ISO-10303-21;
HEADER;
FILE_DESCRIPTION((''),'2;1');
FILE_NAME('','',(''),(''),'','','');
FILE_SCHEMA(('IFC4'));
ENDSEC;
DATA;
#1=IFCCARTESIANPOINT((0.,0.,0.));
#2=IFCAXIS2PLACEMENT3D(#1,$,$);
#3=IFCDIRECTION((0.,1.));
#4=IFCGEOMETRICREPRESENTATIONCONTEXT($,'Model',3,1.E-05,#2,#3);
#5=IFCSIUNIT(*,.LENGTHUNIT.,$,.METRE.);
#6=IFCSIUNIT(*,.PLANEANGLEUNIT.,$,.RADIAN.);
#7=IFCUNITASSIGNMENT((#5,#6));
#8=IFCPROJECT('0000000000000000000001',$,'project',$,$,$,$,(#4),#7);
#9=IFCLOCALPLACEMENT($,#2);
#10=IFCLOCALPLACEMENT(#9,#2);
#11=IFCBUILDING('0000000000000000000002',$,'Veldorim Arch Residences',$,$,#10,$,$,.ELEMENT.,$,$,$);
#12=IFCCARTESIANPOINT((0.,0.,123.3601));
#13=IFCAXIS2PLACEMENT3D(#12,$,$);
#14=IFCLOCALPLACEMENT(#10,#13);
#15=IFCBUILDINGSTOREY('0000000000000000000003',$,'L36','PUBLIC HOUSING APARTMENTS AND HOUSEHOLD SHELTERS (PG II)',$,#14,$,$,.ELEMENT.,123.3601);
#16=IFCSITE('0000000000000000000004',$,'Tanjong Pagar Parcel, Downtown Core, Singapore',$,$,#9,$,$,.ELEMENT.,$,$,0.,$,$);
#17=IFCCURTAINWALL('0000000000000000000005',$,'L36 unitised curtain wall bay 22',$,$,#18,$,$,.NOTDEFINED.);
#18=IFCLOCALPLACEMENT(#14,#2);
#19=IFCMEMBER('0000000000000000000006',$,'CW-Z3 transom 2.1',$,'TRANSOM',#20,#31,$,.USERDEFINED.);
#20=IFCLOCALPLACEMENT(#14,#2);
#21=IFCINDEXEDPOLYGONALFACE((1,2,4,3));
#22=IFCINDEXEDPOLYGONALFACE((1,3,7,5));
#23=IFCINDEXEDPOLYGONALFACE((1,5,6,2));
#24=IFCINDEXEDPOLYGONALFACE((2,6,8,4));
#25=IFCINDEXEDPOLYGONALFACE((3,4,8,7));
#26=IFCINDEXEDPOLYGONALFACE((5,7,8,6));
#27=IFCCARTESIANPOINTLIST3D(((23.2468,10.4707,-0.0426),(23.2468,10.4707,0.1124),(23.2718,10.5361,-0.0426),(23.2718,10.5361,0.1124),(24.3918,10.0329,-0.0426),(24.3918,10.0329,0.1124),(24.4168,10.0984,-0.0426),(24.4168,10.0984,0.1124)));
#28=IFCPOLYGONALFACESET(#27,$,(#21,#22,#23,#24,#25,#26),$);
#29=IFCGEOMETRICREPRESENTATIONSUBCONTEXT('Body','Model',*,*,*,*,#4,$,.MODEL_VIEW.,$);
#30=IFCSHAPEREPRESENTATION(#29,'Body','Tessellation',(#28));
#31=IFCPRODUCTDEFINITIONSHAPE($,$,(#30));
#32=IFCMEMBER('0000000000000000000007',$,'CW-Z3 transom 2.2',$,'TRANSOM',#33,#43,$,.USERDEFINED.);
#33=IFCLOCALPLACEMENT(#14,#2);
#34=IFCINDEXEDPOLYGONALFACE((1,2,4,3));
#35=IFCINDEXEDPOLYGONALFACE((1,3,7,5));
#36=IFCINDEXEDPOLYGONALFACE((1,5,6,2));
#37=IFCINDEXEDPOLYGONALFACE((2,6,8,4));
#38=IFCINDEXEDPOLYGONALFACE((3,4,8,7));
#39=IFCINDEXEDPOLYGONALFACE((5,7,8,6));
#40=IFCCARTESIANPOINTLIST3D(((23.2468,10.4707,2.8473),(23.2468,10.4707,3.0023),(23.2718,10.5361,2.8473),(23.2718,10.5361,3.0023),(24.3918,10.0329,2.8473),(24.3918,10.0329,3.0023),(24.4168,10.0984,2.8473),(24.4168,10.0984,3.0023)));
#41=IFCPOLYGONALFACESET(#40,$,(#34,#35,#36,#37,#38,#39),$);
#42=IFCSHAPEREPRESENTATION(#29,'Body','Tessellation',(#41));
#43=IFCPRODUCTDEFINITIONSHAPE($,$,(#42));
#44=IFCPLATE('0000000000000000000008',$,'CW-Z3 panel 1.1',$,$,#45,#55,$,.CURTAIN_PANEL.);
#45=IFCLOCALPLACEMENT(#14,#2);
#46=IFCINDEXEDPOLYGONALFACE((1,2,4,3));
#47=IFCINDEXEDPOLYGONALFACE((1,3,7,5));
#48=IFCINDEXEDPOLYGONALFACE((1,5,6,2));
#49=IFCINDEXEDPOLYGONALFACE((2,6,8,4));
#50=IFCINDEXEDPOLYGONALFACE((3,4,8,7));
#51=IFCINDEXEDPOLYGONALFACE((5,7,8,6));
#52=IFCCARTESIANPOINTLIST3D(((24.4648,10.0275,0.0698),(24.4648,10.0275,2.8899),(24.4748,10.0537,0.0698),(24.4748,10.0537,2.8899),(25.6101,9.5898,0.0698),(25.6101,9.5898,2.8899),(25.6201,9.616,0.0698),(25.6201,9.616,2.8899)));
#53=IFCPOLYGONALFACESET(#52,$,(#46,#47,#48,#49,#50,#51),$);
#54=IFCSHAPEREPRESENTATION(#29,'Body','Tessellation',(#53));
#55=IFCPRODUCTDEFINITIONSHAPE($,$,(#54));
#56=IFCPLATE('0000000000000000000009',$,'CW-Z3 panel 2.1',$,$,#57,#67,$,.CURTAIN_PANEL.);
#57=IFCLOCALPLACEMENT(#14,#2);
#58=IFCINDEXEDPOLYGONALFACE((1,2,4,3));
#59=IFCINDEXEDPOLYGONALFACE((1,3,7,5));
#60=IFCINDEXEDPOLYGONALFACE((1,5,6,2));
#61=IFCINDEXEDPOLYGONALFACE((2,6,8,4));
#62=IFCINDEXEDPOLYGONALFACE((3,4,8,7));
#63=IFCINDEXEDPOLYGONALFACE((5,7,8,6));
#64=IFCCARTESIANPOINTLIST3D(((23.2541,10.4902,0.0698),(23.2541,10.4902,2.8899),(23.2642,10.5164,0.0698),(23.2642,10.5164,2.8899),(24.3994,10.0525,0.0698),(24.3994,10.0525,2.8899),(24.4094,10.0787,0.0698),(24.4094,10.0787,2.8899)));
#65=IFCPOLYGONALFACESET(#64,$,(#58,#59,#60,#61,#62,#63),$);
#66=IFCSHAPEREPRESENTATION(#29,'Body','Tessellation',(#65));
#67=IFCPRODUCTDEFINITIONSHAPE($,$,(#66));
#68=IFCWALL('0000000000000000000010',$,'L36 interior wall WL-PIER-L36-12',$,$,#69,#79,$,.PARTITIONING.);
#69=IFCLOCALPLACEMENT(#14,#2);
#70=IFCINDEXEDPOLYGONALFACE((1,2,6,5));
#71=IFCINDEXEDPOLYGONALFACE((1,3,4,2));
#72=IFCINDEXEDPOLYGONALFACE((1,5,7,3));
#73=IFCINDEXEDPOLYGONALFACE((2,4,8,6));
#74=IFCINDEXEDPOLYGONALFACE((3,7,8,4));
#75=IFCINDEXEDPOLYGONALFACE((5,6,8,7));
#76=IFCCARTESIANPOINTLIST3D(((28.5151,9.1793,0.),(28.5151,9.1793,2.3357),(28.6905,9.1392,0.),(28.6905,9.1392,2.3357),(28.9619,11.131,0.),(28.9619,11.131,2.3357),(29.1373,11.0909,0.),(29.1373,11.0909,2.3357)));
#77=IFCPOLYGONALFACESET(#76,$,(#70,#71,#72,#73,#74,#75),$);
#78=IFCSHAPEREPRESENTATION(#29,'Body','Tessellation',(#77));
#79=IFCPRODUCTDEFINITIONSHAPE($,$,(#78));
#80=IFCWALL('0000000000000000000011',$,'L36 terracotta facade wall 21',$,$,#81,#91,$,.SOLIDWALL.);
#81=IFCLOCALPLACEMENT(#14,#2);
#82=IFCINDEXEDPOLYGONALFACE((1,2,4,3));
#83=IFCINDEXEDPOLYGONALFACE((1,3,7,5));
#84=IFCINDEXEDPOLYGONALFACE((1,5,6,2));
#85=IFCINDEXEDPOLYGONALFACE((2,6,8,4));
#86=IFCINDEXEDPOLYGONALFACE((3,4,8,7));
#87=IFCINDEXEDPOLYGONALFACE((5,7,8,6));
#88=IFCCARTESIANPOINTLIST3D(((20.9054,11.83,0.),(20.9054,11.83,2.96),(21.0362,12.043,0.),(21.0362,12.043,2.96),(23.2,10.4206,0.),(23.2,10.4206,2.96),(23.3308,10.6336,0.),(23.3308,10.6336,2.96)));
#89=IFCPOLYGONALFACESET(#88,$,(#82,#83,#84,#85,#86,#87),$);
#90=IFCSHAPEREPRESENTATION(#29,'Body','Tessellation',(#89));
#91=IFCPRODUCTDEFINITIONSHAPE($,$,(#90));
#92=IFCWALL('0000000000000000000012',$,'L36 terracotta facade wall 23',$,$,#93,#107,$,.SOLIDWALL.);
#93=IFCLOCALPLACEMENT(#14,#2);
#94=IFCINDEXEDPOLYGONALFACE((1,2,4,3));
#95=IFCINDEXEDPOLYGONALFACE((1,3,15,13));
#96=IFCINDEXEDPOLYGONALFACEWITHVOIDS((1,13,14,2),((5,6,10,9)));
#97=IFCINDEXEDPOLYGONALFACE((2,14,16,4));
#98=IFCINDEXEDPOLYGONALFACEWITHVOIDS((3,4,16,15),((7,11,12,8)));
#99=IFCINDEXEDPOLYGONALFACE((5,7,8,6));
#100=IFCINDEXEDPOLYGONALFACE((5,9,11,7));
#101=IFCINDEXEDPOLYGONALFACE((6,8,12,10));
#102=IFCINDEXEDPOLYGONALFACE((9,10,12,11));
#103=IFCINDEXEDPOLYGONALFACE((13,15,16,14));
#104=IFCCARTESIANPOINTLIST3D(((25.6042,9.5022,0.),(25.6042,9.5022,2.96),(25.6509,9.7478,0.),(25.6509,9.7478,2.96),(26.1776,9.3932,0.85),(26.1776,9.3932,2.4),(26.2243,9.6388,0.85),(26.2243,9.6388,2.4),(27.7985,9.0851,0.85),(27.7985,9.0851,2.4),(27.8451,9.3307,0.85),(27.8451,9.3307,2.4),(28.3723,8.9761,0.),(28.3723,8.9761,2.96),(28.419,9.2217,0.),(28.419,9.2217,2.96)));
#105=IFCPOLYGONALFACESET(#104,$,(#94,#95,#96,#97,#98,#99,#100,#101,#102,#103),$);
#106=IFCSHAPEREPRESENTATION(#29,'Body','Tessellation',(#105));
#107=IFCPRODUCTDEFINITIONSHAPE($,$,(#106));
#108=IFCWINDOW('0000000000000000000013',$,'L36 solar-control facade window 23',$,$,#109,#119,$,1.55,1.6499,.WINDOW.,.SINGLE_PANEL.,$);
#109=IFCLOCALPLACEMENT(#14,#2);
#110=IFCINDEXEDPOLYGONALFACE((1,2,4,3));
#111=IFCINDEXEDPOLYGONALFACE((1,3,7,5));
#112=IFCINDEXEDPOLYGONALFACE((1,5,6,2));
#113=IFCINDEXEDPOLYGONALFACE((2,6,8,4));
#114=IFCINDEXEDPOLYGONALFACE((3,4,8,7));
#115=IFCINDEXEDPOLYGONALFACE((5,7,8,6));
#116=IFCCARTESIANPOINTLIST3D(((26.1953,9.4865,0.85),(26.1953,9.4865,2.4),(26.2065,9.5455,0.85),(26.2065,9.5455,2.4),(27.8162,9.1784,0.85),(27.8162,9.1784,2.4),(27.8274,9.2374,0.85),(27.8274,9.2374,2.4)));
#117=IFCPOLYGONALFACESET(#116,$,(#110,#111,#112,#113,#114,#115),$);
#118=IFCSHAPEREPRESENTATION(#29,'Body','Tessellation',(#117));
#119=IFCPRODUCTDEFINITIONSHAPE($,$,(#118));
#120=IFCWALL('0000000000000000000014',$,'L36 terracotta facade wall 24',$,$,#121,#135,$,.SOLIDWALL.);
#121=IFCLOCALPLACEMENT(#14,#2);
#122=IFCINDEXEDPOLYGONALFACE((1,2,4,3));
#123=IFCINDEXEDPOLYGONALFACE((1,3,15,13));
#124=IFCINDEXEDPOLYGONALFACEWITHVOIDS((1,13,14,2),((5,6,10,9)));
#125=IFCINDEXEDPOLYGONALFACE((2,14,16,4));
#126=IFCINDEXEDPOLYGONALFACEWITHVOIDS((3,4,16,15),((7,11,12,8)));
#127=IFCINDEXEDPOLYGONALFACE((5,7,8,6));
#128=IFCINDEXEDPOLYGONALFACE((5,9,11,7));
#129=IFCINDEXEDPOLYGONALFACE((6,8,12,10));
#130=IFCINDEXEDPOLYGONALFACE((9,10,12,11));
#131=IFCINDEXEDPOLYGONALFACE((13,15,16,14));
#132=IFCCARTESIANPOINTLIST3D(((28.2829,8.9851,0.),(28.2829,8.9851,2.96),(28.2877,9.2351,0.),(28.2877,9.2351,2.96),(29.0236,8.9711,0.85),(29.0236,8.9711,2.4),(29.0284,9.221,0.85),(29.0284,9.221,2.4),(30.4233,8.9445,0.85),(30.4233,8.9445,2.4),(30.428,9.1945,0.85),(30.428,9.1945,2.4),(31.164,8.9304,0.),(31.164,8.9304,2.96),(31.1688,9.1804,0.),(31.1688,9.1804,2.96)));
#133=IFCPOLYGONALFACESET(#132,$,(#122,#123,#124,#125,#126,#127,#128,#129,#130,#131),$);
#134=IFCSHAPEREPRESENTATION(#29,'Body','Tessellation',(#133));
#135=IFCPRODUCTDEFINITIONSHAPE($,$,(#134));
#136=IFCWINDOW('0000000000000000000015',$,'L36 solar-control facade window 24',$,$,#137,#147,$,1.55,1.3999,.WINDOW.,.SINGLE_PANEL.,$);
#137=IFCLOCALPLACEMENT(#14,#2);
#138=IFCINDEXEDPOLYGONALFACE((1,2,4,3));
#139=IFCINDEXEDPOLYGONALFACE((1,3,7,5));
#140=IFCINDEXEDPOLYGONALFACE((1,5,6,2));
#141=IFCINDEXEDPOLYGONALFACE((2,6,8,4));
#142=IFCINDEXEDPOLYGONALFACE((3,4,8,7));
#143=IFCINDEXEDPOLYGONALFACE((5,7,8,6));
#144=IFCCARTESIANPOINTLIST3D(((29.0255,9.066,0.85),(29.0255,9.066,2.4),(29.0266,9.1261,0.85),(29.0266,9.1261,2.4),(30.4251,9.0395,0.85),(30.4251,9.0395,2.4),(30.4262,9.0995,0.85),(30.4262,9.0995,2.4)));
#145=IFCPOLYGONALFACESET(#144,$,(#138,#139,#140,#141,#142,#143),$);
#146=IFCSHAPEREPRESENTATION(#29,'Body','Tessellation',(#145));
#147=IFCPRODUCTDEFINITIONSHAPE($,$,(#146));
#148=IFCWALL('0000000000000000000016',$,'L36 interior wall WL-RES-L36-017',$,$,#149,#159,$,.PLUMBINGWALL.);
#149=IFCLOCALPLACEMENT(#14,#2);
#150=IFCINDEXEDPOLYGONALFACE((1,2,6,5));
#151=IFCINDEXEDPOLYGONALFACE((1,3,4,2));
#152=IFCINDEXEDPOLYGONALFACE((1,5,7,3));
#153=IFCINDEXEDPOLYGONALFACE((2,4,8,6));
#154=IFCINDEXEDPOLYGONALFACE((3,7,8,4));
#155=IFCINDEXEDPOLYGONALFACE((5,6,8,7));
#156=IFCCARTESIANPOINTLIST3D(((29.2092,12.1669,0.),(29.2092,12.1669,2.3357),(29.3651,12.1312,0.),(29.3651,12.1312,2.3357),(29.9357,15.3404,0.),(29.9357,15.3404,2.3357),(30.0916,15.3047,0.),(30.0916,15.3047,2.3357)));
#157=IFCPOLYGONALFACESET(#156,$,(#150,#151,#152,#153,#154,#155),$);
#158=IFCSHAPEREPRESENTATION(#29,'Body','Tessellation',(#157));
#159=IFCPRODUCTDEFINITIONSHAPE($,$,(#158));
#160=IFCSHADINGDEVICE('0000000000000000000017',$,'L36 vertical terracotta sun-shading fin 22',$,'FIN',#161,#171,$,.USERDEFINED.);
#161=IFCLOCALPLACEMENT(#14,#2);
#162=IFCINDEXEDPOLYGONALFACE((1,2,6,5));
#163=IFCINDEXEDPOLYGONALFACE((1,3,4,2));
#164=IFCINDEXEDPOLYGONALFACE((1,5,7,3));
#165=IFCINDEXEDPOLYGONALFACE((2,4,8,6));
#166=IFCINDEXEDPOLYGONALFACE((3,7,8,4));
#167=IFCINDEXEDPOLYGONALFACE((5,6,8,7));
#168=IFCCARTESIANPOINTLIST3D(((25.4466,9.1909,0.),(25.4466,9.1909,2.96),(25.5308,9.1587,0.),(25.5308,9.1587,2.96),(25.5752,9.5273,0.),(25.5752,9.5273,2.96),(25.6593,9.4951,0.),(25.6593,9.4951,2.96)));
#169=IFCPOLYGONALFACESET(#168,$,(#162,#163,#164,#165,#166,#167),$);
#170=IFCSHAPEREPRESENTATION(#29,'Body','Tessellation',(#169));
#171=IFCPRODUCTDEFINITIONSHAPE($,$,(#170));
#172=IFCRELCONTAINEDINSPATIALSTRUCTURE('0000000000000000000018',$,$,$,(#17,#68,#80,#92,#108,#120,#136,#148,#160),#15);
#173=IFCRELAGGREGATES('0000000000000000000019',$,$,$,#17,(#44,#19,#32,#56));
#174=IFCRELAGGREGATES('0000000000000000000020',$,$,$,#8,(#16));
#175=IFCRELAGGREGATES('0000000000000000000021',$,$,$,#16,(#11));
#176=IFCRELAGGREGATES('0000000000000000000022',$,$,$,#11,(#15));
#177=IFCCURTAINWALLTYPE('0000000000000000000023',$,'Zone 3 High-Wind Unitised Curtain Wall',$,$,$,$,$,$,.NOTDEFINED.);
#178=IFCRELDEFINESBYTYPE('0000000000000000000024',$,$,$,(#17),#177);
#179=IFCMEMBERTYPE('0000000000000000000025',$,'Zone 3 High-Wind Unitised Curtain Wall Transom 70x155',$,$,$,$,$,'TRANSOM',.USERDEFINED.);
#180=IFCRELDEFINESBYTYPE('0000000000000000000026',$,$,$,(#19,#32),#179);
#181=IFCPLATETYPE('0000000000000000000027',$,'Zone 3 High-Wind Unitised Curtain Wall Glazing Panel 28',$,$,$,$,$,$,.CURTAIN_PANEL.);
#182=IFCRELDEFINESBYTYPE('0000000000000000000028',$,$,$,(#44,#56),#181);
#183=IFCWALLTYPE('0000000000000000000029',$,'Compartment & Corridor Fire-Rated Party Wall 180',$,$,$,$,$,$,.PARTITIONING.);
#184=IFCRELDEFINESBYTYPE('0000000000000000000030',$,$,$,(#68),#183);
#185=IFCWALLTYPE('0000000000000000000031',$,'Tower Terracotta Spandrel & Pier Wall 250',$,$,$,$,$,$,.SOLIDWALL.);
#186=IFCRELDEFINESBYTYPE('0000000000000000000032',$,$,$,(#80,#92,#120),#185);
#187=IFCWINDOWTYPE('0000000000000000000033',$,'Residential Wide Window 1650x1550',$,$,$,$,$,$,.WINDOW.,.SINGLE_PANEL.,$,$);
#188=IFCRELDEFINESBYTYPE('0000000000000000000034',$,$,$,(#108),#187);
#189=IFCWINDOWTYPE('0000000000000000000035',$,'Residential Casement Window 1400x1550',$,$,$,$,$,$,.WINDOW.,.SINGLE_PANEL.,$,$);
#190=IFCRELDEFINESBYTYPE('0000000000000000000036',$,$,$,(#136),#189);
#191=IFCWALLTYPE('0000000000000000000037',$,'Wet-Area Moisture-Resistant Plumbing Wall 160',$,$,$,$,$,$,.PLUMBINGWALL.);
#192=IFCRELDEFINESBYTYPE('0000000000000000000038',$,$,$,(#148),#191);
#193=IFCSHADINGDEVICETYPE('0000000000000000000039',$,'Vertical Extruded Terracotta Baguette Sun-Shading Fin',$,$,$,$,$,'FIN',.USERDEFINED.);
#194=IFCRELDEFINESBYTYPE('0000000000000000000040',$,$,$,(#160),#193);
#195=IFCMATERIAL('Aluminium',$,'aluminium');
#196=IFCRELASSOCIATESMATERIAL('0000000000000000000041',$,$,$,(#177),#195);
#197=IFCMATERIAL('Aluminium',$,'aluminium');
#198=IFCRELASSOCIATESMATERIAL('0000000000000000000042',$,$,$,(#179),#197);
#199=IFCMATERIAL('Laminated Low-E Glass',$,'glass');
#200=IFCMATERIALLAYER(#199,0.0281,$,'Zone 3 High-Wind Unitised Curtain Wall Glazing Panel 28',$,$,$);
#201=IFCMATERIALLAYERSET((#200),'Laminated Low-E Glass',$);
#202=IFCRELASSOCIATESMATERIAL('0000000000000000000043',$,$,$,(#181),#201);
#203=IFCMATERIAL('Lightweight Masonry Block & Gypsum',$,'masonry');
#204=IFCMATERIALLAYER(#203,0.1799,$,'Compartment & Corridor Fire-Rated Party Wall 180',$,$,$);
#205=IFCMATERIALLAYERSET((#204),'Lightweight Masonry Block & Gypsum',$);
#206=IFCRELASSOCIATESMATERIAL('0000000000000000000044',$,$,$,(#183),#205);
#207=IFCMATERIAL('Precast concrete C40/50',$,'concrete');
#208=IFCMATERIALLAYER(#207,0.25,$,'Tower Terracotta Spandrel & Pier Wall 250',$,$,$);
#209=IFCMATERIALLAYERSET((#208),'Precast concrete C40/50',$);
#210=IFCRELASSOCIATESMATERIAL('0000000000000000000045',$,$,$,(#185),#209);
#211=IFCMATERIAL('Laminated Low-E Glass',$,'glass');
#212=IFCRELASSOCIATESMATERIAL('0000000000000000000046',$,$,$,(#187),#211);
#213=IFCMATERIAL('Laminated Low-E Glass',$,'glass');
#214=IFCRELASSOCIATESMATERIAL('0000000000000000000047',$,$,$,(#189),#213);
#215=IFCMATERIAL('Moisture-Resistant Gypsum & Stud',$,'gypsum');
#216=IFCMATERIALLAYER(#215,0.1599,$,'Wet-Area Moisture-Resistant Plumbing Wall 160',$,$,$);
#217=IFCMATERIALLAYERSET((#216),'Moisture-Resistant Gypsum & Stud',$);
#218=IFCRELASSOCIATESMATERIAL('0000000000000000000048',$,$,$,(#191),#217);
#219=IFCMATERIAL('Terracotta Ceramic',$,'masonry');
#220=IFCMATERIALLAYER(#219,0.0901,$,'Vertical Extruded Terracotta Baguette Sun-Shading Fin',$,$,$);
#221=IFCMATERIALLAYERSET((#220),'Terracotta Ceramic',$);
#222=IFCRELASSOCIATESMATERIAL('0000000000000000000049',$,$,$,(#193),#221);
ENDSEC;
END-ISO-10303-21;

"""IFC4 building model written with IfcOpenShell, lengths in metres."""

from ifc_helpers import new_model, si_unit, direction, frame, frame_2d, origin, origin_2d, place, context, subcontext, project, spatial, rectangle, extrude, material, layer, layer_set, material_profile, profile_set, type_object, element, fill, aggregate, save


model = new_model("IFC4")

# Units and contexts
model_context = context("Model", 3, precision=1e-05, world=origin(), true_north=direction((0.0, 1.0)))
body_context = subcontext(model_context, "Body", "Model", "MODEL_VIEW")
ifc_project = project(units=[si_unit("LENGTHUNIT", "METRE"), si_unit("PLANEANGLEUNIT", "RADIAN")], contexts=[model_context])

# Site, building, storey
site_placement = place(None, origin())
site = spatial("IfcSite", under=ifc_project, at=site_placement, Name="Tanjong Pagar Parcel, Downtown Core, Singapore", CompositionType="ELEMENT", RefElevation=0.0)
building_placement = place(site_placement, origin())
building = spatial("IfcBuilding", under=site, at=building_placement, Name="Veldorim Arch Residences", CompositionType="ELEMENT")
storey_placement = place(building_placement, frame((0.0, 0.0, 123.3601)))
storey = spatial("IfcBuildingStorey", under=building, at=storey_placement, Name="L36", Description="PUBLIC HOUSING APARTMENTS AND HOUSEHOLD SHELTERS (PG II)", CompositionType="ELEMENT", Elevation=123.3601)

# Curtain wall, members, plates
ifc_material_1 = material(Name="Aluminium", Category="aluminium")
curtain_wall_type = type_object("IfcCurtainWallType", Name="Zone 3 High-Wind Unitised Curtain Wall", PredefinedType="NOTDEFINED", material=ifc_material_1)
curtain_wall_placement = place(storey_placement, origin())
curtain_wall = element("IfcCurtainWall", 1, at=curtain_wall_placement, inside=storey, type_object=curtain_wall_type, Name="L36 unitised curtain wall bay 22", PredefinedType="NOTDEFINED")
ifc_material_2 = material(Name="Aluminium", Category="aluminium")
ifc_material_profile_1 = material_profile(ifc_material_2, rectangle(XDim=0.0701, YDim=0.155, at=origin_2d()), Name="ALU_TRN_70x155")
ifc_profile_set_1 = profile_set([ifc_material_profile_1], Name="Aluminium")
member_type_1 = type_object("IfcMemberType", Name="Zone 3 High-Wind Unitised Curtain Wall Transom 70x155", ElementType="TRANSOM", PredefinedType="USERDEFINED", material=ifc_profile_set_1)
member_1_placement = place(storey_placement, frame((24.4043, 10.0657, 0.0349), z_axis=(-0.934067, 0.357097, 0.0), x_axis=(-0.357097, -0.934067, 0.0)))
member_1 = element("IfcMember", 2, at=member_1_placement, type_object=member_type_1, Name="CW-Z3 transom 2.1", ObjectType="TRANSOM", PredefinedType="USERDEFINED", context=body_context, shape_type="SweptSolid", body=[
    extrude(rectangle(XDim=0.0701, YDim=0.155, at=origin_2d()), origin(), (0.0, 0.0, 1.0), 1.2258),
])
member_2_placement = place(storey_placement, frame((24.4043, 10.0657, 2.9248), z_axis=(-0.934067, 0.357097, 0.0), x_axis=(-0.357097, -0.934067, 0.0)))
member_2 = element("IfcMember", 3, at=member_2_placement, type_object=member_type_1, Name="CW-Z3 transom 2.2", ObjectType="TRANSOM", PredefinedType="USERDEFINED", context=body_context, shape_type="SweptSolid", body=[
    extrude(rectangle(XDim=0.0701, YDim=0.155, at=origin_2d()), origin(), (0.0, 0.0, 1.0), 1.2258),
])
ifc_material_3 = material(Name="Laminated Low-E Glass", Category="glass")
ifc_layer_1 = layer(ifc_material_3, 0.0281, Name="Zone 3 High-Wind Unitised Curtain Wall Glazing Panel 28")
ifc_layer_set_1 = layer_set([ifc_layer_1], Name="Laminated Low-E Glass")
plate_type = type_object("IfcPlateType", Name="Zone 3 High-Wind Unitised Curtain Wall Glazing Panel 28", PredefinedType="CURTAIN_PANEL", material=ifc_layer_set_1)
plate_1_placement = place(storey_placement, frame((25.0425, 9.8218, 0.0698), z_axis=(0.0, 0.0, 1.0), x_axis=(-0.934109, 0.356987, 0.0)))
plate_1 = element("IfcPlate", 4, at=plate_1_placement, type_object=plate_type, Name="CW-Z3 panel 1.1", PredefinedType="CURTAIN_PANEL", context=body_context, shape_type="SweptSolid", body=[
    extrude(rectangle(XDim=1.2261, YDim=0.0281, at=origin_2d()), origin(), (0.0, 0.0, 1.0), 2.8201),
])
plate_2_placement = place(storey_placement, frame((23.8318, 10.2844, 0.0698), z_axis=(0.0, 0.0, 1.0), x_axis=(-0.934109, 0.356987, 0.0)))
plate_2 = element("IfcPlate", 5, at=plate_2_placement, type_object=plate_type, Name="CW-Z3 panel 2.1", PredefinedType="CURTAIN_PANEL", context=body_context, shape_type="SweptSolid", body=[
    extrude(rectangle(XDim=1.2261, YDim=0.0281, at=origin_2d()), origin(), (0.0, 0.0, 1.0), 2.8201),
])
aggregate(curtain_wall, [plate_1, member_1, member_2, plate_2])

# Walls
ifc_material_4 = material(Name="Lightweight Masonry Block & Gypsum", Category="masonry")
ifc_layer_2 = layer(ifc_material_4, 0.1799, Name="Compartment & Corridor Fire-Rated Party Wall 180")
ifc_layer_set_2 = layer_set([ifc_layer_2], Name="Lightweight Masonry Block & Gypsum")
wall_type_1 = type_object("IfcWallType", Name="Compartment & Corridor Fire-Rated Party Wall 180", PredefinedType="PARTITIONING", material=ifc_layer_set_2)
wall_1_placement = place(storey_placement, frame((29.0496, 11.1108, 0.0), z_axis=(0.0, 0.0, 1.0), x_axis=(-0.223149, -0.974784, 0.0)))
element("IfcWall", 6, at=wall_1_placement, inside=storey, type_object=wall_type_1, Name="L36 interior wall WL-PIER-L36-12", PredefinedType="PARTITIONING", context=body_context, shape_type="SweptSolid", body=[
    extrude(rectangle(XDim=2.0022, YDim=0.1799, at=frame_2d((1.001, 0.0))), origin(), (0.0, 0.0, 1.0), 2.3357),
])
ifc_material_5 = material(Name="Precast concrete C40/50", Category="concrete")
ifc_layer_3 = layer(ifc_material_5, 0.25, Name="Tower Terracotta Spandrel & Pier Wall 250")
ifc_layer_set_3 = layer_set([ifc_layer_3], Name="Precast concrete C40/50")
wall_type_2 = type_object("IfcWallType", Name="Tower Terracotta Spandrel & Pier Wall 250", PredefinedType="SOLIDWALL", material=ifc_layer_set_3)
wall_2_placement = place(storey_placement, frame((23.2654, 10.5271, 0.0), z_axis=(0.0, 0.0, 1.0), x_axis=(-0.852103, 0.523374, 0.0)))
element("IfcWall", 7, at=wall_2_placement, inside=storey, type_object=wall_type_2, Name="L36 terracotta facade wall 21", PredefinedType="SOLIDWALL", context=body_context, shape_type="SweptSolid", body=[
    extrude(rectangle(XDim=2.6929, YDim=0.25, at=frame_2d((1.3464, 0.0))), origin(), (0.0, 0.0, 1.0), 2.96),
])

# Walls, openings, windows
wall_3_placement = place(storey_placement, frame((28.3955, 9.0989, 0.0), z_axis=(0.0, 0.0, 1.0), x_axis=(-0.982412, 0.186726, 0.0)))
wall_3 = element("IfcWall", 8, at=wall_3_placement, inside=storey, type_object=wall_type_2, Name="L36 terracotta facade wall 23", PredefinedType="SOLIDWALL", context=body_context, shape_type="SweptSolid", body=[
    extrude(rectangle(XDim=2.8176, YDim=0.25, at=frame_2d((1.4087, 0.0))), origin(), (0.0, 0.0, 1.0), 2.96),
])
opening_1_placement = place(wall_3_placement, frame((0.584, 0.0, 0.8501)))
opening_1 = element("IfcOpeningElement", 9, at=opening_1_placement, cuts=wall_3, PredefinedType="OPENING", context=body_context, shape_type="SweptSolid", body=[
    extrude(rectangle(XDim=1.6499, YDim=1.55, at=frame_2d((0.825, 0.7749))), frame((0.0, 0.135, 0.0), z_axis=(0.0, -1.0, 0.0), x_axis=(1.0, 0.0, 0.0)), (0.0, 0.0, 1.0), 0.27),
])
ifc_material_6 = material(Name="Laminated Low-E Glass", Category="glass")
window_type_1 = type_object("IfcWindowType", Name="Residential Wide Window 1650x1550", PartitioningType="SINGLE_PANEL", PredefinedType="WINDOW", material=ifc_material_6)
window_1_placement = place(opening_1_placement, origin())
window_1 = element("IfcWindow", 10, at=window_1_placement, inside=storey, type_object=window_type_1, Name="L36 solar-control facade window 23", OverallHeight=1.55, OverallWidth=1.6499, PartitioningType="SINGLE_PANEL", PredefinedType="WINDOW", context=body_context, shape_type="SweptSolid", body=[
    extrude(rectangle(XDim=1.6499, YDim=1.55, at=frame_2d((0.825, 0.7749))), frame((0.0, 0.03, 0.0), z_axis=(0.0, -1.0, 0.0), x_axis=(1.0, 0.0, 0.0)), (0.0, 0.0, 1.0), 0.0601),
])
fill(opening_1, window_1)
wall_4_placement = place(storey_placement, frame((31.1665, 9.0554, 0.0), z_axis=(0.0, 0.0, 1.0), x_axis=(-0.99982, 0.018978, 0.0)))
wall_4 = element("IfcWall", 11, at=wall_4_placement, inside=storey, type_object=wall_type_2, Name="L36 terracotta facade wall 24", PredefinedType="SOLIDWALL", context=body_context, shape_type="SweptSolid", body=[
    extrude(rectangle(XDim=2.8816, YDim=0.25, at=frame_2d((1.4409, 0.0))), origin(), (0.0, 0.0, 1.0), 2.96),
])
opening_2_placement = place(wall_4_placement, frame((0.741, 0.0, 0.8501)))
opening_2 = element("IfcOpeningElement", 12, at=opening_2_placement, cuts=wall_4, PredefinedType="OPENING", context=body_context, shape_type="SweptSolid", body=[
    extrude(rectangle(XDim=1.3999, YDim=1.55, at=frame_2d((0.7, 0.7749))), frame((0.0, 0.135, 0.0), z_axis=(0.0, -1.0, 0.0), x_axis=(1.0, 0.0, 0.0)), (0.0, 0.0, 1.0), 0.27),
])
ifc_material_7 = material(Name="Laminated Low-E Glass", Category="glass")
window_type_2 = type_object("IfcWindowType", Name="Residential Casement Window 1400x1550", PartitioningType="SINGLE_PANEL", PredefinedType="WINDOW", material=ifc_material_7)
window_2_placement = place(opening_2_placement, origin())
window_2 = element("IfcWindow", 13, at=window_2_placement, inside=storey, type_object=window_type_2, Name="L36 solar-control facade window 24", OverallHeight=1.55, OverallWidth=1.3999, PartitioningType="SINGLE_PANEL", PredefinedType="WINDOW", context=body_context, shape_type="SweptSolid", body=[
    extrude(rectangle(XDim=1.3999, YDim=1.55, at=frame_2d((0.7, 0.7749))), frame((0.0, 0.03, 0.0), z_axis=(0.0, -1.0, 0.0), x_axis=(1.0, 0.0, 0.0)), (0.0, 0.0, 1.0), 0.0601),
])
fill(opening_2, window_2)

# Wall
ifc_material_8 = material(Name="Moisture-Resistant Gypsum & Stud", Category="gypsum")
ifc_layer_4 = layer(ifc_material_8, 0.1599, Name="Wet-Area Moisture-Resistant Plumbing Wall 160")
ifc_layer_set_4 = layer_set([ifc_layer_4], Name="Moisture-Resistant Gypsum & Stud")
wall_type_3 = type_object("IfcWallType", Name="Wet-Area Moisture-Resistant Plumbing Wall 160", PredefinedType="PLUMBINGWALL", material=ifc_layer_set_4)
wall_5_placement = place(storey_placement, frame((29.2871, 12.1489, 0.0), z_axis=(0.0, 0.0, 1.0), x_axis=(0.223167, 0.97478, 0.0)))
element("IfcWall", 14, at=wall_5_placement, inside=storey, type_object=wall_type_3, Name="L36 interior wall WL-RES-L36-017", PredefinedType="PLUMBINGWALL", context=body_context, shape_type="SweptSolid", body=[
    extrude(rectangle(XDim=3.2556, YDim=0.1599, at=frame_2d((1.6279, 0.0))), origin(), (0.0, 0.0, 1.0), 2.3357),
])

# Shading device
ifc_material_9 = material(Name="Terracotta Ceramic", Category="masonry")
ifc_layer_5 = layer(ifc_material_9, 0.0901, Name="Vertical Extruded Terracotta Baguette Sun-Shading Fin")
ifc_layer_set_5 = layer_set([ifc_layer_5], Name="Terracotta Ceramic")
shading_device_type = type_object("IfcShadingDeviceType", Name="Vertical Extruded Terracotta Baguette Sun-Shading Fin", ElementType="FIN", PredefinedType="USERDEFINED", material=ifc_layer_set_5)
shading_device_placement = place(storey_placement, frame((25.553, 9.343, 0.0), z_axis=(0.0, 0.0, 1.0), x_axis=(-0.93408, 0.357064, 0.0)))
element("IfcShadingDevice", 15, at=shading_device_placement, inside=storey, type_object=shading_device_type, Name="L36 vertical terracotta sun-shading fin 22", ObjectType="FIN", PredefinedType="USERDEFINED", context=body_context, shape_type="SweptSolid", body=[
    extrude(rectangle(XDim=0.0901, YDim=0.3601, at=origin_2d()), origin(), (0.0, 0.0, 1.0), 2.96),
])

save(model, "model.ifc")
